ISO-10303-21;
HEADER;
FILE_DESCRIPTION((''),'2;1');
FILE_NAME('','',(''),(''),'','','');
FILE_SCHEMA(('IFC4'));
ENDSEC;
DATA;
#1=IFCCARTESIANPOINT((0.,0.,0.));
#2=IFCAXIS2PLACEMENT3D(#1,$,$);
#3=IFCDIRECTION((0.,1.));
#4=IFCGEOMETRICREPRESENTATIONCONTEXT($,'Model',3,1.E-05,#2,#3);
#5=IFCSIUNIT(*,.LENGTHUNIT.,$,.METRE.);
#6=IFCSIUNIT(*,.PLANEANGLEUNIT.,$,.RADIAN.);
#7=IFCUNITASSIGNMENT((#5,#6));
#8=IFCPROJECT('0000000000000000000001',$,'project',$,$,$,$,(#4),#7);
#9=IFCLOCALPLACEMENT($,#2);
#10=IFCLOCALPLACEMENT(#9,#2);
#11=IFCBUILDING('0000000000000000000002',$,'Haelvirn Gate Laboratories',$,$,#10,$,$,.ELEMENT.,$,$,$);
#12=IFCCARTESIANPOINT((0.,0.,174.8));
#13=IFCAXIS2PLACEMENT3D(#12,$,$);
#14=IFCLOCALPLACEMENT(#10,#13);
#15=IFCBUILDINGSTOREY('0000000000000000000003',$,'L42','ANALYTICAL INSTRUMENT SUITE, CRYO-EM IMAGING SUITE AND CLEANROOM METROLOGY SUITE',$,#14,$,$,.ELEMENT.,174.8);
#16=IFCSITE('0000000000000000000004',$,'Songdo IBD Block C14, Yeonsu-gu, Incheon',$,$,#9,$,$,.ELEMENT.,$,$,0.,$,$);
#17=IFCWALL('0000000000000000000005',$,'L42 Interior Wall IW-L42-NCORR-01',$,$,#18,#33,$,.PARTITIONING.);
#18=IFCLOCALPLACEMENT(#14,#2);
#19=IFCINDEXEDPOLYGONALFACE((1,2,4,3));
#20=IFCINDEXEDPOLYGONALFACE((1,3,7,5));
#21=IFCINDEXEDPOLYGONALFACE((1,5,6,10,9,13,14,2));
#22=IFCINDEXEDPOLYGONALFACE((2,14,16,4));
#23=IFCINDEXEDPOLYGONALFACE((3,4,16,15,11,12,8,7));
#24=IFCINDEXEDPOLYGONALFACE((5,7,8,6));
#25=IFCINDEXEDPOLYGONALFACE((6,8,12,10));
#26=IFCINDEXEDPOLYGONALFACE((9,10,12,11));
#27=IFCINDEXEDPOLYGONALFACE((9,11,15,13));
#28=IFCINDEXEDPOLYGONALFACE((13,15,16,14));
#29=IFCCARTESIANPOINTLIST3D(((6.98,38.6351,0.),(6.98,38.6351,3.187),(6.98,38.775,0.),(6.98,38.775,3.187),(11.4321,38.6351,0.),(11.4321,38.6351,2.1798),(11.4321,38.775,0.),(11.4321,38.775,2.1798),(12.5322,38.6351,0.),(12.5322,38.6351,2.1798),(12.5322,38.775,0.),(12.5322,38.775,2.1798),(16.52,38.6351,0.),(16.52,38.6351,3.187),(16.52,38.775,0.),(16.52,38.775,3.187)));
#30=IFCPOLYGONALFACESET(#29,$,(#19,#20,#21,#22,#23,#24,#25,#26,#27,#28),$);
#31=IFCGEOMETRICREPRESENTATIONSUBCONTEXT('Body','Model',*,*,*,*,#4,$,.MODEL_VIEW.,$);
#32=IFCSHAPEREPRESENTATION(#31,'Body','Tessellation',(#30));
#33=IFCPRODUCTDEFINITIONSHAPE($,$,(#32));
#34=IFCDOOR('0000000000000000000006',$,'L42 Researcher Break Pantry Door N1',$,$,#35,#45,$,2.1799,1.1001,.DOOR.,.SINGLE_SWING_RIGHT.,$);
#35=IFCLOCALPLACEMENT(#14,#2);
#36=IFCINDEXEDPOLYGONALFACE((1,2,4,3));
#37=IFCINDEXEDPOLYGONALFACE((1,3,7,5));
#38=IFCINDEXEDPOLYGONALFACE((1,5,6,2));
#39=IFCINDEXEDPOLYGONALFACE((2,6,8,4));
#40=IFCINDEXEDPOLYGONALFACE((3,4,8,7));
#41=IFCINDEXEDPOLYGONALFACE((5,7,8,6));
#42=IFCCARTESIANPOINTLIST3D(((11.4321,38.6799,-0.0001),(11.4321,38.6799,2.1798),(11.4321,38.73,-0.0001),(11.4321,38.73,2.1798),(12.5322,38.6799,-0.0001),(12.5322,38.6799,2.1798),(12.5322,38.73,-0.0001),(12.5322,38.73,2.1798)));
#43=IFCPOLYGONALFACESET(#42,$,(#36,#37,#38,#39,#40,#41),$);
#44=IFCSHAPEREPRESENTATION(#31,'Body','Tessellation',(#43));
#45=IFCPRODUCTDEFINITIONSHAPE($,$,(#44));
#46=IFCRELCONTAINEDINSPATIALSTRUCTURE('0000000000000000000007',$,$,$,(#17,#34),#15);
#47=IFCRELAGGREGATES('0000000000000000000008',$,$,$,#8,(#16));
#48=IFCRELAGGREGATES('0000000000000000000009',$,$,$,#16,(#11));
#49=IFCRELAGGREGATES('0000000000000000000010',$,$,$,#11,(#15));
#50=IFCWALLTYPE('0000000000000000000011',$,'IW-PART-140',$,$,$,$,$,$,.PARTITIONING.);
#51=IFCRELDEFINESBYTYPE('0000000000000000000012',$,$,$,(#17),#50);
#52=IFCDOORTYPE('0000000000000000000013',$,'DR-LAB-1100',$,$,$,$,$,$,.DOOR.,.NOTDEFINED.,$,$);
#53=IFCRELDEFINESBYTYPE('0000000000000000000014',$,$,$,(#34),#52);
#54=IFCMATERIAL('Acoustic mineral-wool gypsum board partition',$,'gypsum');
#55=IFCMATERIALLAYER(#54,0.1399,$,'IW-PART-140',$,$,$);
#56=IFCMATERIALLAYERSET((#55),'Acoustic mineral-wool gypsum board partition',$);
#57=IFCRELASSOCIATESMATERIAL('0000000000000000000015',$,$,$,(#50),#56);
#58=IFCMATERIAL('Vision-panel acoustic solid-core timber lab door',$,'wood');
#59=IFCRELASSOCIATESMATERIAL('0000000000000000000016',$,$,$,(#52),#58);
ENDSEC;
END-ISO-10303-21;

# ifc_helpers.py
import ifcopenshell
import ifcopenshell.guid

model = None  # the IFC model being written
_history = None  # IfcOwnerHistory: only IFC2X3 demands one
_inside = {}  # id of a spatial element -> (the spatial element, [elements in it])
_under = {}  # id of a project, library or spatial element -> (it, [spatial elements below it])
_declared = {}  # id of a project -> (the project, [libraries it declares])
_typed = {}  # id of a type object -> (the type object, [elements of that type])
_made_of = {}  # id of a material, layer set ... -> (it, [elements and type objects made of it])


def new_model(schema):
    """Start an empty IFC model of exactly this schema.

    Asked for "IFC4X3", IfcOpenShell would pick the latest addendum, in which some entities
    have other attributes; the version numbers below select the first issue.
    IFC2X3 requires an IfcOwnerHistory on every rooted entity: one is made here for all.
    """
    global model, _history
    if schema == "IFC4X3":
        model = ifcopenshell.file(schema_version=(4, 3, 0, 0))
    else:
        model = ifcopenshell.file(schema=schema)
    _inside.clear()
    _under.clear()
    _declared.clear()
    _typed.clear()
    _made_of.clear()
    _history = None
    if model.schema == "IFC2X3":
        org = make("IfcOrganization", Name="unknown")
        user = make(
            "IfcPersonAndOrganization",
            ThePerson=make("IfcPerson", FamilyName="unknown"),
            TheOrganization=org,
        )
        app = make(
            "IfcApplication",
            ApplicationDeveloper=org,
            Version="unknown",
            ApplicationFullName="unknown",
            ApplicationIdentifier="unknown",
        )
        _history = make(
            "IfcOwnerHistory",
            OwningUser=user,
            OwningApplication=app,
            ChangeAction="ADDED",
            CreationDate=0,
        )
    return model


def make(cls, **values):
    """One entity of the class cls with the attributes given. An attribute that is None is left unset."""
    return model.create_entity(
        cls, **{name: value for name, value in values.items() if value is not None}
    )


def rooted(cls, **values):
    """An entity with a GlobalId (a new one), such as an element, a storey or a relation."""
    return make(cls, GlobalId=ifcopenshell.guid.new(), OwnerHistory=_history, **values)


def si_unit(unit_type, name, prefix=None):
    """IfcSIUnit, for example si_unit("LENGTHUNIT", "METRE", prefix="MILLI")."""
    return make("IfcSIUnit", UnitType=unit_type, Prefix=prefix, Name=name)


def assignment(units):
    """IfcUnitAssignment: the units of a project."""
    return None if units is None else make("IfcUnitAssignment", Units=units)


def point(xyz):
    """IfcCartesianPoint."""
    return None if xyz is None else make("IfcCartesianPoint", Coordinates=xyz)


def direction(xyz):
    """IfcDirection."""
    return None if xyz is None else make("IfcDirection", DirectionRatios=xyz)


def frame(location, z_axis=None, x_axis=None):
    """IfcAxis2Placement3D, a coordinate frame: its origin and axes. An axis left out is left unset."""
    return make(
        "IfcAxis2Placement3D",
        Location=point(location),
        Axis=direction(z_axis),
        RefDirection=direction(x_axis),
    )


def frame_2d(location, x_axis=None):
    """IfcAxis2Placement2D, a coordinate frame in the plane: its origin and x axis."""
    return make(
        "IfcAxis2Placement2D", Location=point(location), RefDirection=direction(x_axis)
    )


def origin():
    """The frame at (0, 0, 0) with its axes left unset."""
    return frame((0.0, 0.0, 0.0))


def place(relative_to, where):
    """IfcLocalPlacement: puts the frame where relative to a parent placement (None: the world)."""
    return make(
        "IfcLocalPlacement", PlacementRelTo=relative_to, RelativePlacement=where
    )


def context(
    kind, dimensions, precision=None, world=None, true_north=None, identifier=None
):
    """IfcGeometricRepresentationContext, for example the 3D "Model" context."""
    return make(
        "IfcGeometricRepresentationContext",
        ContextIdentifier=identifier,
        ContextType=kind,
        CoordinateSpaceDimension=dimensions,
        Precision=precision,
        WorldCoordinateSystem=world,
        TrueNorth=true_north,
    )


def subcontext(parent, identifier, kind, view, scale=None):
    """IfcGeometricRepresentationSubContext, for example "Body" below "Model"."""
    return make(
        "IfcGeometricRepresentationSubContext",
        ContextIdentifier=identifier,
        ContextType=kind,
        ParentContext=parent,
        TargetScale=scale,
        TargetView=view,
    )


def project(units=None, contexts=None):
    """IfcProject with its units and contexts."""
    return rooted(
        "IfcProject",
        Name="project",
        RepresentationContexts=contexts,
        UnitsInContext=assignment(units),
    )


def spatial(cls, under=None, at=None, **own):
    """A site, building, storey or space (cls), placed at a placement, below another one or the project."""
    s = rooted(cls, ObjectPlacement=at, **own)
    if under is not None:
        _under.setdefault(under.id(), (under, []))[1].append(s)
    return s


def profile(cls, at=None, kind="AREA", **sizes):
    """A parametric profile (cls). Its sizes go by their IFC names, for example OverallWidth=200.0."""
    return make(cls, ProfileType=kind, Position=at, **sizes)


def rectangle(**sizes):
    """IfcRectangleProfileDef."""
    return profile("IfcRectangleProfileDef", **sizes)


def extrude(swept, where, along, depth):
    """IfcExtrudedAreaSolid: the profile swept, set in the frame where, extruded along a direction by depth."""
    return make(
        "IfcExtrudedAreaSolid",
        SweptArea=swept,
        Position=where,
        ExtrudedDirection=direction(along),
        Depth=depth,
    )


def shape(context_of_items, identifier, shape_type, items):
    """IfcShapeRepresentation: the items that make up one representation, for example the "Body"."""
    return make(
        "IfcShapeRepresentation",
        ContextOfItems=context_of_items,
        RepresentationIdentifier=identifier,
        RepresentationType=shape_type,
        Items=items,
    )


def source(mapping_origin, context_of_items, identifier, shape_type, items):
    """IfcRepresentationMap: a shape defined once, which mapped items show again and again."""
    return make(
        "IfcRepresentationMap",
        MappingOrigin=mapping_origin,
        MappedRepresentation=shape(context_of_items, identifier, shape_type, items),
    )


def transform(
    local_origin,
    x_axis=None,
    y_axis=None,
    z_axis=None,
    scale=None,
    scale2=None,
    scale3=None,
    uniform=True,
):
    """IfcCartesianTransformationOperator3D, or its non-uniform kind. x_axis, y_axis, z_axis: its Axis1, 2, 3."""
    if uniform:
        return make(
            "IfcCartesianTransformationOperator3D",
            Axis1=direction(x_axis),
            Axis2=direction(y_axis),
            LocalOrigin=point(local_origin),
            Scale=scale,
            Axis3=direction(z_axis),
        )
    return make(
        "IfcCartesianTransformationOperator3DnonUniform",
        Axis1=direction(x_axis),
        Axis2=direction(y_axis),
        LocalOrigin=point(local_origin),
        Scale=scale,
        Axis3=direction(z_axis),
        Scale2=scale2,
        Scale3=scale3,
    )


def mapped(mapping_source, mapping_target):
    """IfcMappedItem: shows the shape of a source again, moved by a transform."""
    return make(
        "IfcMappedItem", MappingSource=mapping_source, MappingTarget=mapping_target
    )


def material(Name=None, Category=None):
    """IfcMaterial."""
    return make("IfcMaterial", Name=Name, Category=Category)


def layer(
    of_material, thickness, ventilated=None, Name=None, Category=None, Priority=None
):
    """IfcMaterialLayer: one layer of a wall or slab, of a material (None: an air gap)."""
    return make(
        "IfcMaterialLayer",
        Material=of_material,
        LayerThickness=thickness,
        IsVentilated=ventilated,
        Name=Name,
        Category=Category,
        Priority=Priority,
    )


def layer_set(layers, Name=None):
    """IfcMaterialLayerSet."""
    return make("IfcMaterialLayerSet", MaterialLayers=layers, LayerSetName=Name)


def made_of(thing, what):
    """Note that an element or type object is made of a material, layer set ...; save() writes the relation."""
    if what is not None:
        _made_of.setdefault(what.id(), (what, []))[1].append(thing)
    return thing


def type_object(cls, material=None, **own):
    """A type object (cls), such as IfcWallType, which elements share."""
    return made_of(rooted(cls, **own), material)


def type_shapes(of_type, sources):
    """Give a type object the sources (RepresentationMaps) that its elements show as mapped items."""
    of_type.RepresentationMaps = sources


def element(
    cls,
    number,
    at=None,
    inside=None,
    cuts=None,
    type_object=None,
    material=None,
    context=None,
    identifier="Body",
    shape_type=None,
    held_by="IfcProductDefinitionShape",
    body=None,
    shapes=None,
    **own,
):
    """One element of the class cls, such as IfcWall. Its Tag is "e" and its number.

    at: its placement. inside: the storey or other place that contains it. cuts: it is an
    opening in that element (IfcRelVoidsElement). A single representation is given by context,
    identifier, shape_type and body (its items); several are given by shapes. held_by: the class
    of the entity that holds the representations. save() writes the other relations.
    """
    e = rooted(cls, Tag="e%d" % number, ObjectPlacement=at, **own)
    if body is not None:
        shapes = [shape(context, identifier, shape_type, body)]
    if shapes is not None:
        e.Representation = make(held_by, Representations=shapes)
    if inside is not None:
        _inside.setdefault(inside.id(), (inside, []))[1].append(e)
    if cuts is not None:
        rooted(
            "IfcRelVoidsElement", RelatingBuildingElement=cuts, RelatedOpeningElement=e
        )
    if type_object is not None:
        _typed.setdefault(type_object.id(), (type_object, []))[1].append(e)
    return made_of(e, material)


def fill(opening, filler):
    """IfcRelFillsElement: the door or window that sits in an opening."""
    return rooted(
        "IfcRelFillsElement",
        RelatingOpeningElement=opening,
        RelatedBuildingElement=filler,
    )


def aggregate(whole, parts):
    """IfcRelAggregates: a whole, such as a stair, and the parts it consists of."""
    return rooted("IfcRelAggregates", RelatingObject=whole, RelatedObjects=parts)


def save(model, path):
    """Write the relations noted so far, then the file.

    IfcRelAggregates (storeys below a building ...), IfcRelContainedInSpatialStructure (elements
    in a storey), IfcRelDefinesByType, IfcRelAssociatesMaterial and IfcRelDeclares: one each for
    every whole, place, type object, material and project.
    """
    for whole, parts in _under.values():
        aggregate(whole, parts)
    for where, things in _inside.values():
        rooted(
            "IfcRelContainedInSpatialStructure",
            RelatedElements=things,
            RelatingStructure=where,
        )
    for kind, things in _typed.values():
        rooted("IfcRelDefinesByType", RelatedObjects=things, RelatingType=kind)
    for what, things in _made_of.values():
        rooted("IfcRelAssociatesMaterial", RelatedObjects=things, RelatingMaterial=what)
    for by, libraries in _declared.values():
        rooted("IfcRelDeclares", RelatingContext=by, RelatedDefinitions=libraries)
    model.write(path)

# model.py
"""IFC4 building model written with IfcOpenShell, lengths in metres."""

from ifc_helpers import new_model, si_unit, direction, frame, frame_2d, origin, place, context, subcontext, project, spatial, rectangle, extrude, source, transform, mapped, material, layer, layer_set, type_object, type_shapes, element, fill, save


model = new_model("IFC4")

# Units and contexts
model_context = context("Model", 3, precision=1e-05, world=origin(), true_north=direction((0.0, 1.0)))
body_context = subcontext(model_context, "Body", "Model", "MODEL_VIEW")
ifc_project = project(units=[si_unit("LENGTHUNIT", "METRE"), si_unit("PLANEANGLEUNIT", "RADIAN")], contexts=[model_context])

# Site, building, storey
site_placement = place(None, origin())
site = spatial("IfcSite", under=ifc_project, at=site_placement, Name="Songdo IBD Block C14, Yeonsu-gu, Incheon", CompositionType="ELEMENT", RefElevation=0.0)
building_placement = place(site_placement, origin())
building = spatial("IfcBuilding", under=site, at=building_placement, Name="Haelvirn Gate Laboratories", CompositionType="ELEMENT")
storey_placement = place(building_placement, frame((0.0, 0.0, 174.8)))
storey = spatial("IfcBuildingStorey", under=building, at=storey_placement, Name="L42", Description="ANALYTICAL INSTRUMENT SUITE, CRYO-EM IMAGING SUITE AND CLEANROOM METROLOGY SUITE", CompositionType="ELEMENT", Elevation=174.8)

# Wall, opening, door
ifc_material_1 = material(Name="Acoustic mineral-wool gypsum board partition", Category="gypsum")
ifc_layer_1 = layer(ifc_material_1, 0.1399, Name="IW-PART-140")
ifc_layer_set_1 = layer_set([ifc_layer_1], Name="Acoustic mineral-wool gypsum board partition")
wall_type_1 = type_object("IfcWallType", Name="IW-PART-140", PredefinedType="PARTITIONING", material=ifc_layer_set_1)
wall_1_placement = place(storey_placement, frame((6.98, 38.7051, 0.0), z_axis=(0.0, 0.0, 1.0), x_axis=(1.0, 0.0, 0.0)))
wall_1 = element("IfcWall", 1, at=wall_1_placement, inside=storey, type_object=wall_type_1, Name="L42 Interior Wall IW-L42-NCORR-01", PredefinedType="PARTITIONING", context=body_context, shape_type="SweptSolid", body=[
    extrude(rectangle(XDim=9.54, YDim=0.1399, at=frame_2d((4.77, 0.0))), origin(), (0.0, 0.0, 1.0), 3.187),
])
opening_placement = place(wall_1_placement, frame((4.4521, 0.0, 0.0)))
opening = element("IfcOpeningElement", 2, at=opening_placement, cuts=wall_1, PredefinedType="OPENING", context=body_context, shape_type="SweptSolid", body=[
    extrude(rectangle(XDim=1.1001, YDim=2.1799, at=frame_2d((0.55, 1.0898))), frame((0.0, 0.0801, 0.0), z_axis=(0.0, -1.0, 0.0), x_axis=(1.0, 0.0, 0.0)), (0.0, 0.0, 1.0), 0.1599),
])
ifc_material_2 = material(Name="Vision-panel acoustic solid-core timber lab door", Category="wood")
door_type = type_object("IfcDoorType", Name="DR-LAB-1100", OperationType="NOTDEFINED", PredefinedType="DOOR", material=ifc_material_2)
shared_shape_1 = source(origin(), body_context, "Body", "SweptSolid", [
    extrude(rectangle(XDim=1.1001, YDim=2.1799, at=frame_2d((0.55, 1.0898))), frame((0.0, 0.0249, 0.0), z_axis=(0.0, -1.0, 0.0), x_axis=(1.0, 0.0, 0.0)), (0.0, 0.0, 1.0), 0.05),
])
type_shapes(door_type, [shared_shape_1])
door_placement = place(opening_placement, origin())
door = element("IfcDoor", 3, at=door_placement, inside=storey, type_object=door_type, Name="L42 Researcher Break Pantry Door N1", OperationType="SINGLE_SWING_RIGHT", OverallHeight=2.1799, OverallWidth=1.1001, PredefinedType="DOOR", context=body_context, shape_type="MappedRepresentation", body=[
    mapped(shared_shape_1, transform((0.0, 0.0, 0.0), scale=1.0)),
])
fill(opening, door)

save(model, "model.ifc")
